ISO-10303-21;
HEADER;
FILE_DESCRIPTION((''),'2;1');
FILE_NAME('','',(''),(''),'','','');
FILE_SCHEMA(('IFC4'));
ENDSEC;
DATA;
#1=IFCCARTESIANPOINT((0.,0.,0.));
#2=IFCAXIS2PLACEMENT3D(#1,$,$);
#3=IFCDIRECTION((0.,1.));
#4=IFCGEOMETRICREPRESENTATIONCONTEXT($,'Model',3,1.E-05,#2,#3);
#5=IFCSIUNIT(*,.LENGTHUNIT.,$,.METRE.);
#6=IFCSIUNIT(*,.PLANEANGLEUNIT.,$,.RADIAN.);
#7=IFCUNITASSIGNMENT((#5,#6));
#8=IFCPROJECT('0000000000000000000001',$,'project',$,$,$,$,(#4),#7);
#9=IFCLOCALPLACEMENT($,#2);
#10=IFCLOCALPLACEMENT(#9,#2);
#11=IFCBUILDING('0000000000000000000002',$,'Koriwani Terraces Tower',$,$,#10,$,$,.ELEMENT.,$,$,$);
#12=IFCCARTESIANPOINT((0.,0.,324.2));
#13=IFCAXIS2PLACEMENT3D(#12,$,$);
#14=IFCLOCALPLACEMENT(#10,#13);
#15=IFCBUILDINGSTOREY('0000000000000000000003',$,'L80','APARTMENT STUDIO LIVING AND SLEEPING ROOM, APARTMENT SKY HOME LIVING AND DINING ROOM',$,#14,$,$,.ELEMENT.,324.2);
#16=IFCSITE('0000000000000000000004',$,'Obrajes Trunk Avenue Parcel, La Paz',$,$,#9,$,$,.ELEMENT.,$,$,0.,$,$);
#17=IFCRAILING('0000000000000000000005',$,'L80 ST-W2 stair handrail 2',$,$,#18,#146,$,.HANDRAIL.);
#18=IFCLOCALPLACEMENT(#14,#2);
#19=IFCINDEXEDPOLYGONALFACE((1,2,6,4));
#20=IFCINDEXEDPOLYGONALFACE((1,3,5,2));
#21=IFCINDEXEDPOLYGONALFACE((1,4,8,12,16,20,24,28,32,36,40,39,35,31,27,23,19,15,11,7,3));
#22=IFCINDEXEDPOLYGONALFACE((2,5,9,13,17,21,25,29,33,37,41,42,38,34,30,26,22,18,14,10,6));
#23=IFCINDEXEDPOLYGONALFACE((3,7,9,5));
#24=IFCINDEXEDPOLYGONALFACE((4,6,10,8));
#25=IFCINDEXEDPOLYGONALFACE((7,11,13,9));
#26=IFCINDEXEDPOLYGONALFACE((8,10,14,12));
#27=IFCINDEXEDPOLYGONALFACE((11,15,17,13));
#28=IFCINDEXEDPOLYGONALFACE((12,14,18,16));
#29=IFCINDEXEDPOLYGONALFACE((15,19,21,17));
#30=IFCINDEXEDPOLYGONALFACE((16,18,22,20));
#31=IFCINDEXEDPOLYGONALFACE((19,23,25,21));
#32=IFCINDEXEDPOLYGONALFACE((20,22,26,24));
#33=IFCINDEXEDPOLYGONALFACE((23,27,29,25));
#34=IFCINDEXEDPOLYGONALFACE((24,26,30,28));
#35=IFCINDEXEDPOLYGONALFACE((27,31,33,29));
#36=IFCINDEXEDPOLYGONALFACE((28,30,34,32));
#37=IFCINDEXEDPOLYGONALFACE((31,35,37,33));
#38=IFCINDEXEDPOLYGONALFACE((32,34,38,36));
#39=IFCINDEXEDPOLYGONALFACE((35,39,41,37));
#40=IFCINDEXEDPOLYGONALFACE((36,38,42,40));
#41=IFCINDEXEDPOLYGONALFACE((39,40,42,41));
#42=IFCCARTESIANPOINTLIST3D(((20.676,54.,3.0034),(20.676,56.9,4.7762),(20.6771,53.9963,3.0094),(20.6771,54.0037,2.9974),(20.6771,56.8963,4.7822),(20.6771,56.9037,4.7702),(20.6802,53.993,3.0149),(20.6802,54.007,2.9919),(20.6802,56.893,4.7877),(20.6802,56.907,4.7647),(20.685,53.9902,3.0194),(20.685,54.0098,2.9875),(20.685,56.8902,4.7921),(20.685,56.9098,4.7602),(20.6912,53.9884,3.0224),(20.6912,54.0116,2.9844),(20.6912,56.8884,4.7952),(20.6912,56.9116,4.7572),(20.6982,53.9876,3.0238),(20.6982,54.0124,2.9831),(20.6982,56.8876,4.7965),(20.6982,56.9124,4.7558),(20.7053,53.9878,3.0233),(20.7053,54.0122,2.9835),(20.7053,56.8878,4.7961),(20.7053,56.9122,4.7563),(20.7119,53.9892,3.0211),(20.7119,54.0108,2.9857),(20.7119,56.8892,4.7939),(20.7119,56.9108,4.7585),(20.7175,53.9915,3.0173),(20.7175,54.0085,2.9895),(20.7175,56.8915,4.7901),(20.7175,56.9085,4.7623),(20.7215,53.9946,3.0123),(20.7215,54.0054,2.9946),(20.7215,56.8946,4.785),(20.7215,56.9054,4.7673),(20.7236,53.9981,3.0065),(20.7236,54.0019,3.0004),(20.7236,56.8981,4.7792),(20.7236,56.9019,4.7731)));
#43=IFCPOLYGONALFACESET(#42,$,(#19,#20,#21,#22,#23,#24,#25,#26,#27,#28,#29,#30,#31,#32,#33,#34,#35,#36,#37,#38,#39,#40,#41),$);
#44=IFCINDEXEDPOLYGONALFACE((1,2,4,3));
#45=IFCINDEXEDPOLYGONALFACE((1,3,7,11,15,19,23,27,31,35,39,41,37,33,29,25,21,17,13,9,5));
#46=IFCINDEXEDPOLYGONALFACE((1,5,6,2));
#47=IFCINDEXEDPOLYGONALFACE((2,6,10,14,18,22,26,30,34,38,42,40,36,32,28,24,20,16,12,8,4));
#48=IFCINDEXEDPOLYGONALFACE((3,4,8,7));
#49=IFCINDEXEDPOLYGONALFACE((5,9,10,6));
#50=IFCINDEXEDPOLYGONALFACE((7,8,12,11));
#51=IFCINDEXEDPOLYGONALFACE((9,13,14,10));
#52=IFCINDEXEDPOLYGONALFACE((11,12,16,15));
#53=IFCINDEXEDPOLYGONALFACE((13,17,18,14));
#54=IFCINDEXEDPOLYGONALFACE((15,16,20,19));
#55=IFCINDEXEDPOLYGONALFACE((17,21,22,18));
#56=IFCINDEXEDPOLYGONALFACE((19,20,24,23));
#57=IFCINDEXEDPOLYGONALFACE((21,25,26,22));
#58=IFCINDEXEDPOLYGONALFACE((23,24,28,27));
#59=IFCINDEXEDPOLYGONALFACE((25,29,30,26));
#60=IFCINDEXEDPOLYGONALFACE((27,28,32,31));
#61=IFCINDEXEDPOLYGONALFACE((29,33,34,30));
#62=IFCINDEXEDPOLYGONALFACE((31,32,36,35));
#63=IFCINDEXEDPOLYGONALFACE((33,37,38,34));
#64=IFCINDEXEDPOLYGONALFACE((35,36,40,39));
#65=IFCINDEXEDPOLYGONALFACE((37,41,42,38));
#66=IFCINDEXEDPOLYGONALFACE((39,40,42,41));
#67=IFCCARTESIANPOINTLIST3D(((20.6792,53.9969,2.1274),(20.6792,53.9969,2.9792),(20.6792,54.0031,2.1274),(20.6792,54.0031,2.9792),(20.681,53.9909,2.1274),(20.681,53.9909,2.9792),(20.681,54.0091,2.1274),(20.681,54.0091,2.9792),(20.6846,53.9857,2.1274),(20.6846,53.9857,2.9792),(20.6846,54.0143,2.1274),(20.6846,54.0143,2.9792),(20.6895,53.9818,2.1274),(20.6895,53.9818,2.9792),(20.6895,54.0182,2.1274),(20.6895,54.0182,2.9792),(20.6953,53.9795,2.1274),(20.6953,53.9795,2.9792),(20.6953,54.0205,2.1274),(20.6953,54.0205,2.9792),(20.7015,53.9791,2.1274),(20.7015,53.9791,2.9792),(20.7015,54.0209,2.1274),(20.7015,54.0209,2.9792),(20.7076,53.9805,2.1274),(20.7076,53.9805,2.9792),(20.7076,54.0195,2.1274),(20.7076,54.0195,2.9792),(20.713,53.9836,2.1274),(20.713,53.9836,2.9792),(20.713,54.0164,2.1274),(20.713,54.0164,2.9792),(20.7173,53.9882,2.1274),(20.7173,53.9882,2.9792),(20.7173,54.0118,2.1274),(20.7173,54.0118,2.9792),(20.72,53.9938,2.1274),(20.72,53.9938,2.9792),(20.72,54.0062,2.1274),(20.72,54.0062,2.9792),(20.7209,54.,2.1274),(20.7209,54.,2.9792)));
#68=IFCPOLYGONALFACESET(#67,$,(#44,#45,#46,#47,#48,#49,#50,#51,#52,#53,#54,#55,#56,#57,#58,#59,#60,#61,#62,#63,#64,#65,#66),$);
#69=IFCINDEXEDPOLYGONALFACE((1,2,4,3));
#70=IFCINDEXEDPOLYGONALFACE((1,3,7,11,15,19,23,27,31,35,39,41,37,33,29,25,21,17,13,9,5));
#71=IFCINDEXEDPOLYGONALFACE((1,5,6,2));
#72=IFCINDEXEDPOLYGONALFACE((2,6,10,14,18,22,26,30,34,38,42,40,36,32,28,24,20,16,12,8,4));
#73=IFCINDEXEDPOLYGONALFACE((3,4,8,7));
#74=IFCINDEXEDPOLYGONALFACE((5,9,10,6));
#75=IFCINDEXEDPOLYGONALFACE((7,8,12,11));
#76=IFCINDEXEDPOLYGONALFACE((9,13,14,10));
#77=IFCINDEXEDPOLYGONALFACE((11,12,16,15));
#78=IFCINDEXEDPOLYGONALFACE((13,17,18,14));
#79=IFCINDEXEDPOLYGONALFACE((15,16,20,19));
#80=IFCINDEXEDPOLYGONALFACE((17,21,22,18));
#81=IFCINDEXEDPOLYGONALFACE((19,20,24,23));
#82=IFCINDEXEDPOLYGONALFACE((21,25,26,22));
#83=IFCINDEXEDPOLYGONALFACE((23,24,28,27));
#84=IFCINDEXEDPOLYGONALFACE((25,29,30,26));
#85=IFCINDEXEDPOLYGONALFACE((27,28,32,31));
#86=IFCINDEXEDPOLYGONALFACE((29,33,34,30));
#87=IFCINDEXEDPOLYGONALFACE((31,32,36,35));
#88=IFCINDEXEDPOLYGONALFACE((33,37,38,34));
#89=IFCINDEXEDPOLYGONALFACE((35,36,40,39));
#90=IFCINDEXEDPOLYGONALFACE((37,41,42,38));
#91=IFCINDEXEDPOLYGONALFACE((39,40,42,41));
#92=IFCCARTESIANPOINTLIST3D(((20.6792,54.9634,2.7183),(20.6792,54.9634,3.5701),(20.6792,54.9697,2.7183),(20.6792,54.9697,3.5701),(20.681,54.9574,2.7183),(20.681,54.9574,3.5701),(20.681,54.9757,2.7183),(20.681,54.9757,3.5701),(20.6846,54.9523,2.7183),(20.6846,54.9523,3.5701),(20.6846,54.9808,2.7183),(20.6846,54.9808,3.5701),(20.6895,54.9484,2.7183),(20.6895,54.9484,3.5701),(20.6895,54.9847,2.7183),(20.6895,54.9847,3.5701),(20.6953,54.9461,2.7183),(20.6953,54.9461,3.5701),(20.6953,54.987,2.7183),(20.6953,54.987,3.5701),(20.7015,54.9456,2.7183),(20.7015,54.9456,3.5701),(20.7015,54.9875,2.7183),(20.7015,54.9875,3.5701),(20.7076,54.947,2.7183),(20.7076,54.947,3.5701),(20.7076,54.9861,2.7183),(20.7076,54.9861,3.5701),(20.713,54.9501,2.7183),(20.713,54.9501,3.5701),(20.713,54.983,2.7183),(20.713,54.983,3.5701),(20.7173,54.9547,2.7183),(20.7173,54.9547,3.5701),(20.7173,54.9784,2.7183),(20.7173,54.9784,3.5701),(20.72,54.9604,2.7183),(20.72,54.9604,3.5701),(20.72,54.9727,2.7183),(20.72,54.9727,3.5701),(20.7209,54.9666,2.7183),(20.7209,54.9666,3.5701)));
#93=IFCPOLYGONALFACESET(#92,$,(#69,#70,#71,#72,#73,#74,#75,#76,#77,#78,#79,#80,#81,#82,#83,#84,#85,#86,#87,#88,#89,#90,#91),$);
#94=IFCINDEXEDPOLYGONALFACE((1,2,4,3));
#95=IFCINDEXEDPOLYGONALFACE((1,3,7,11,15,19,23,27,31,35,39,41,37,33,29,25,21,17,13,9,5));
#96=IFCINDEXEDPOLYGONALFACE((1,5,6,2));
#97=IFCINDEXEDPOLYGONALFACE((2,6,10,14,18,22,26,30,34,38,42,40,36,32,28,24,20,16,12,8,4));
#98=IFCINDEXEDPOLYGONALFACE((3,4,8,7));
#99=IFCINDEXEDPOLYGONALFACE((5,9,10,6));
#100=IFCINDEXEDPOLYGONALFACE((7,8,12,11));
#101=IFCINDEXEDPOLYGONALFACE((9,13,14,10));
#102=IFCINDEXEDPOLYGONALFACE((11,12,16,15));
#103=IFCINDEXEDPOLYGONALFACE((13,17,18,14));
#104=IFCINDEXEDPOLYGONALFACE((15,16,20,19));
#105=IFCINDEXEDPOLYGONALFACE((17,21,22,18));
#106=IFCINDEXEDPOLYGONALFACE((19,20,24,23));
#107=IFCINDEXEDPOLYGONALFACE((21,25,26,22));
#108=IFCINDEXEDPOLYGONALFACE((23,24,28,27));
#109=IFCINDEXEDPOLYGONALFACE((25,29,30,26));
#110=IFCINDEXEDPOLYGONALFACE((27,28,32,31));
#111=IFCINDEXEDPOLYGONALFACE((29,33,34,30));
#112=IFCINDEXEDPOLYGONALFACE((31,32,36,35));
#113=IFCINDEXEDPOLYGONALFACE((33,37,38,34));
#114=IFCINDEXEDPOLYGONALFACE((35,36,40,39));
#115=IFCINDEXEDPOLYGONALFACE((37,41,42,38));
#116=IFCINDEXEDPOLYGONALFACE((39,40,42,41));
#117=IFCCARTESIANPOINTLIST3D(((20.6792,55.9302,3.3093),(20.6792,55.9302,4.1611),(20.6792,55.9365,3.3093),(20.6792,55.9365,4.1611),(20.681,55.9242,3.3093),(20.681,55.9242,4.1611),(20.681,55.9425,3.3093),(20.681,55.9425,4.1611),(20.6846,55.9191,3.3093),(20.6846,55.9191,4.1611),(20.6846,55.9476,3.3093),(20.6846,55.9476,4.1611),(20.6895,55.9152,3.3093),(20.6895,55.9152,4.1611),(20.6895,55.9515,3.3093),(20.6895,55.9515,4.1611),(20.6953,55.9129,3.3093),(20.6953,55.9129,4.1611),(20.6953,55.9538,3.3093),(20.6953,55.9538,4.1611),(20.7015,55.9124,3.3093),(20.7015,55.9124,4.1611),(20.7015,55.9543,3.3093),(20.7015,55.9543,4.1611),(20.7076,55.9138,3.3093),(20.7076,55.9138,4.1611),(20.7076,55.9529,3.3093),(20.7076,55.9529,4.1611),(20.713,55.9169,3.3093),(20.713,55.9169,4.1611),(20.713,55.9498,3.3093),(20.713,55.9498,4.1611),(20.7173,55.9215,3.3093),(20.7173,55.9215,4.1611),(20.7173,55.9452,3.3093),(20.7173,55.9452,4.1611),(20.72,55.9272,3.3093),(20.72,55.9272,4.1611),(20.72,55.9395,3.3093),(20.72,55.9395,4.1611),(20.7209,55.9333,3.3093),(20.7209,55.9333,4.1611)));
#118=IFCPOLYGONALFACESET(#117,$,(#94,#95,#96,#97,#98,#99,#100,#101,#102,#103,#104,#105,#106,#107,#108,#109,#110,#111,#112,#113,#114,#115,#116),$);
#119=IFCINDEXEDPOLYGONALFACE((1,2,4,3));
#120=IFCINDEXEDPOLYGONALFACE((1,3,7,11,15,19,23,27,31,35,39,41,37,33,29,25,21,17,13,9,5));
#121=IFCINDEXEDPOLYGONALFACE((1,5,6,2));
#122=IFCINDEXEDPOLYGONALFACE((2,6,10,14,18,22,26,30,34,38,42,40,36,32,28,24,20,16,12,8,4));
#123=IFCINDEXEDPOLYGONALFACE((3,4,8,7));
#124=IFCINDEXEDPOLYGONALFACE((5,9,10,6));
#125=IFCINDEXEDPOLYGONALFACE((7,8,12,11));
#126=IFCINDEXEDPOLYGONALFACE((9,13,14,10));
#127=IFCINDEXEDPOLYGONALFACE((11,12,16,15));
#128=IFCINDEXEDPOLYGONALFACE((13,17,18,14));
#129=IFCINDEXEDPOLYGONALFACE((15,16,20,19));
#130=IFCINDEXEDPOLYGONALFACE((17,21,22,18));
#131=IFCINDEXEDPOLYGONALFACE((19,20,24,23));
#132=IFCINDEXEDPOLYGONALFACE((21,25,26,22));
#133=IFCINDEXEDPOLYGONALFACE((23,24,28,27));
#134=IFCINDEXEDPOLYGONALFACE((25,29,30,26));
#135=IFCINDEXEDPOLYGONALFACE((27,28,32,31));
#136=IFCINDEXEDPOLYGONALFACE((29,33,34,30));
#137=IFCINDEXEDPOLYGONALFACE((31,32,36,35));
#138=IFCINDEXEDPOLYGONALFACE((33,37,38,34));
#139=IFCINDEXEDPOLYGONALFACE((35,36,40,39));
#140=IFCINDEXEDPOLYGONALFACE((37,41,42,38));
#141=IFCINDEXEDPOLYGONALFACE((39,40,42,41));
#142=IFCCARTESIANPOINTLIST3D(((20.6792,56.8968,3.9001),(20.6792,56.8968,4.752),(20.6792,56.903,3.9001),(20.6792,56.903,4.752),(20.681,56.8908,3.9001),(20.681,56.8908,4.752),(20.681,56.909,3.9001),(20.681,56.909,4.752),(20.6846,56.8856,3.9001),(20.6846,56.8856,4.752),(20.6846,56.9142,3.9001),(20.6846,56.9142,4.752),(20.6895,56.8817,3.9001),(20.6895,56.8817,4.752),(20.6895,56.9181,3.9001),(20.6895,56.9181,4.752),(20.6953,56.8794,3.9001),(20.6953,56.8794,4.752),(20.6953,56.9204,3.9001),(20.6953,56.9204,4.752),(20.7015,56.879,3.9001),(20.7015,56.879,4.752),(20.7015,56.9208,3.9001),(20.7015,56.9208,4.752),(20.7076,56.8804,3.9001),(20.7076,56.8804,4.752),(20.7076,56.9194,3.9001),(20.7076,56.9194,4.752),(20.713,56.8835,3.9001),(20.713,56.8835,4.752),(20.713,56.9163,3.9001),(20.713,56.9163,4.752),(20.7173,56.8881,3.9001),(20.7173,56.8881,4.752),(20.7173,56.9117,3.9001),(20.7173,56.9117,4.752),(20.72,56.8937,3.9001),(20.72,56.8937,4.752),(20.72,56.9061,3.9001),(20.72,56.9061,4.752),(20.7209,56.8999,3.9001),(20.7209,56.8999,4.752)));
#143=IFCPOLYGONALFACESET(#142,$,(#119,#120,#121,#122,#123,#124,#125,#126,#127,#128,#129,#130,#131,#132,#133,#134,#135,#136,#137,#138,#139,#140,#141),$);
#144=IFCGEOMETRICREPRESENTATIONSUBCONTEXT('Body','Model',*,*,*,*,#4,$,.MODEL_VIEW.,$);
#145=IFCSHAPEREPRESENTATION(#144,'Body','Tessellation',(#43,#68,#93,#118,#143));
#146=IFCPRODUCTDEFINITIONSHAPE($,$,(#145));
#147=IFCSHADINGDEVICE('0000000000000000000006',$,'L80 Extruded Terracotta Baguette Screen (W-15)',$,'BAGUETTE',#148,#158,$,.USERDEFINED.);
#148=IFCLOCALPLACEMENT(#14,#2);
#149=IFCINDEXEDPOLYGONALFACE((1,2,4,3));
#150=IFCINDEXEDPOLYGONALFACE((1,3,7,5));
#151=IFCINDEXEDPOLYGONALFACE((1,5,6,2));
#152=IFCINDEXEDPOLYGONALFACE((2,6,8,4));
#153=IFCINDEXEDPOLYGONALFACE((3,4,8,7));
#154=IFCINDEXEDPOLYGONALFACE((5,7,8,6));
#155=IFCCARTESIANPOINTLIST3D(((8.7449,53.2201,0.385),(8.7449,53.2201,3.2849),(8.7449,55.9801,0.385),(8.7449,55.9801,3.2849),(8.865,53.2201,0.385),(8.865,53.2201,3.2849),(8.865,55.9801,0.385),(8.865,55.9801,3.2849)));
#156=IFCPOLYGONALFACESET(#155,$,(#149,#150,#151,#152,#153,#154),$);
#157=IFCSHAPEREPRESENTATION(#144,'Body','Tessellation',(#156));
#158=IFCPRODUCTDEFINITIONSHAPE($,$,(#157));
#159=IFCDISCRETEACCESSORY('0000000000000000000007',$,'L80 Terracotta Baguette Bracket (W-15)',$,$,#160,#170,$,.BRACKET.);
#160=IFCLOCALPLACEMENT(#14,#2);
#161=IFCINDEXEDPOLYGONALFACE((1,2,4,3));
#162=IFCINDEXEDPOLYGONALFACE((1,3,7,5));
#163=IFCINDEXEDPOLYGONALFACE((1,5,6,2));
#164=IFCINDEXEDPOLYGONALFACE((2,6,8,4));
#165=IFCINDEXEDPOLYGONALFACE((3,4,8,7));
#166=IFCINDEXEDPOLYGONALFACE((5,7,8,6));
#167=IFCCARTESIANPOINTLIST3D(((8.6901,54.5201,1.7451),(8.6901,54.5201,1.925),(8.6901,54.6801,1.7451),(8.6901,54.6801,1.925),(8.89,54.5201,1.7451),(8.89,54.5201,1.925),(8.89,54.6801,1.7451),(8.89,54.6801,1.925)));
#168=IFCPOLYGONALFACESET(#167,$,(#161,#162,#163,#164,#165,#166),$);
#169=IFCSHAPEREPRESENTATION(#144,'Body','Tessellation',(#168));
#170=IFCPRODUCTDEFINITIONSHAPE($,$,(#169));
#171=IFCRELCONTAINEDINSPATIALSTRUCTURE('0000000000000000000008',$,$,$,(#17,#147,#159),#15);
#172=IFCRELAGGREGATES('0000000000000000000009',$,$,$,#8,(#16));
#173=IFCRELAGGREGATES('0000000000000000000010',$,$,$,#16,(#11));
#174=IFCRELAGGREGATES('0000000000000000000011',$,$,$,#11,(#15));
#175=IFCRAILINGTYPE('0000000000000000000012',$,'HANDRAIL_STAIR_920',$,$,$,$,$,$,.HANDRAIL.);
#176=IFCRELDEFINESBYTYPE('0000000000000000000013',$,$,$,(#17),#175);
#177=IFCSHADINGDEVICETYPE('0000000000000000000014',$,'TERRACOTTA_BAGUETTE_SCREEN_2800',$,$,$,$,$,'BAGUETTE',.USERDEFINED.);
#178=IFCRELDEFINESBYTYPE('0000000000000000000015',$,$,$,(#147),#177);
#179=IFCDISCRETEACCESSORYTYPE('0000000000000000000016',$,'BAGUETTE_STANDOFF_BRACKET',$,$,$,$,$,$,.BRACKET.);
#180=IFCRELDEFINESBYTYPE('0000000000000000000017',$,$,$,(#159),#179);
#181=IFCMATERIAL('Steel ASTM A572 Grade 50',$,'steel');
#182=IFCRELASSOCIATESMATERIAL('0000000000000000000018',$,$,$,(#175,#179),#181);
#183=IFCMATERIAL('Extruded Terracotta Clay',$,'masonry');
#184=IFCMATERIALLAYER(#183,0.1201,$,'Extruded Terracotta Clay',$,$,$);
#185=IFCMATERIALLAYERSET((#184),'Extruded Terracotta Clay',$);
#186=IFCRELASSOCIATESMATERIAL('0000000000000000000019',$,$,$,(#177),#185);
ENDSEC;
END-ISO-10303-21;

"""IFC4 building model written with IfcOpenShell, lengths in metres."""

from ifc_helpers import new_model, si_unit, direction, frame, origin, origin_2d, place, context, subcontext, project, spatial, rectangle, circle, extrude, material, layer, layer_set, type_object, element, save


model = new_model("IFC4")

# Units and contexts
model_context = context("Model", 3, precision=1e-05, world=origin(), true_north=direction((0.0, 1.0)))
body_context = subcontext(model_context, "Body", "Model", "MODEL_VIEW")
ifc_project = project(units=[si_unit("LENGTHUNIT", "METRE"), si_unit("PLANEANGLEUNIT", "RADIAN")], contexts=[model_context])

# Site, building, storey
site_placement = place(None, origin())
site = spatial("IfcSite", under=ifc_project, at=site_placement, Name="Obrajes Trunk Avenue Parcel, La Paz", CompositionType="ELEMENT", RefElevation=0.0)
building_placement = place(site_placement, origin())
building = spatial("IfcBuilding", under=site, at=building_placement, Name="Koriwani Terraces Tower", CompositionType="ELEMENT")
storey_placement = place(building_placement, frame((0.0, 0.0, 324.2)))
storey = spatial("IfcBuildingStorey", under=building, at=storey_placement, Name="L80", Description="APARTMENT STUDIO LIVING AND SLEEPING ROOM, APARTMENT SKY HOME LIVING AND DINING ROOM", CompositionType="ELEMENT", Elevation=324.2)

# Shared definitions
ifc_material_1 = material(Name="Steel ASTM A572 Grade 50", Category="steel")

# Railing
railing_type_1 = type_object("IfcRailingType", Name="HANDRAIL_STAIR_920", PredefinedType="HANDRAIL", material=ifc_material_1)
railing_1_placement = place(storey_placement, frame((20.7, 54.0, 2.1274)))
element("IfcRailing", 1, at=railing_1_placement, inside=storey, type_object=railing_type_1, Name="L80 ST-W2 stair handrail 2", PredefinedType="HANDRAIL", context=body_context, shape_type="SweptSolid", body=[
    extrude(circle(Radius=0.0239, at=origin_2d()), frame((0.0, 0.0, 0.876), z_axis=(0.0, 0.853211, 0.521566), x_axis=(-1.0, 0.0, 0.0)), (0.0, 0.0, 1.0), 3.3989),
    extrude(circle(Radius=0.021, at=origin_2d()), origin(), (0.0, 0.0, 1.0), 0.8518),
    extrude(circle(Radius=0.021, at=origin_2d()), frame((0.0, 0.9666, 0.5908)), (0.0, 0.0, 1.0), 0.8518),
    extrude(circle(Radius=0.021, at=origin_2d()), frame((0.0, 1.9333, 1.1819)), (0.0, 0.0, 1.0), 0.8518),
    extrude(circle(Radius=0.021, at=origin_2d()), frame((0.0, 2.8999, 1.7727)), (0.0, 0.0, 1.0), 0.8518),
])

# Shading device
ifc_material_2 = material(Name="Extruded Terracotta Clay", Category="masonry")
ifc_layer_1 = layer(ifc_material_2, 0.1201, Name="Extruded Terracotta Clay")
ifc_layer_set_1 = layer_set([ifc_layer_1], Name="Extruded Terracotta Clay")
shading_device_type = type_object("IfcShadingDeviceType", Name="TERRACOTTA_BAGUETTE_SCREEN_2800", ElementType="BAGUETTE", PredefinedType="USERDEFINED", material=ifc_layer_set_1)
shading_device_placement = place(storey_placement, frame((8.8049, 54.6001, 0.385), z_axis=(0.0, 0.0, 1.0), x_axis=(0.0, 1.0, 0.0)))
element("IfcShadingDevice", 2, at=shading_device_placement, inside=storey, type_object=shading_device_type, Name="L80 Extruded Terracotta Baguette Screen (W-15)", ObjectType="BAGUETTE", PredefinedType="USERDEFINED", context=body_context, shape_type="SweptSolid", body=[
    extrude(rectangle(XDim=2.76, YDim=0.1201, at=origin_2d()), origin(), (0.0, 0.0, 1.0), 2.8999),
])

# Discrete accessory
discrete_accessory_type = type_object("IfcDiscreteAccessoryType", Name="BAGUETTE_STANDOFF_BRACKET", PredefinedType="BRACKET", material=ifc_material_1)
discrete_accessory_placement = place(storey_placement, frame((8.79, 54.6001, 1.7451), z_axis=(0.0, 0.0, 1.0), x_axis=(0.0, 1.0, 0.0)))
element("IfcDiscreteAccessory", 3, at=discrete_accessory_placement, inside=storey, type_object=discrete_accessory_type, Name="L80 Terracotta Baguette Bracket (W-15)", PredefinedType="BRACKET", context=body_context, shape_type="SweptSolid", body=[
    extrude(rectangle(XDim=0.1599, YDim=0.2, at=origin_2d()), origin(), (0.0, 0.0, 1.0), 0.1799),
])

save(model, "model.ifc")
